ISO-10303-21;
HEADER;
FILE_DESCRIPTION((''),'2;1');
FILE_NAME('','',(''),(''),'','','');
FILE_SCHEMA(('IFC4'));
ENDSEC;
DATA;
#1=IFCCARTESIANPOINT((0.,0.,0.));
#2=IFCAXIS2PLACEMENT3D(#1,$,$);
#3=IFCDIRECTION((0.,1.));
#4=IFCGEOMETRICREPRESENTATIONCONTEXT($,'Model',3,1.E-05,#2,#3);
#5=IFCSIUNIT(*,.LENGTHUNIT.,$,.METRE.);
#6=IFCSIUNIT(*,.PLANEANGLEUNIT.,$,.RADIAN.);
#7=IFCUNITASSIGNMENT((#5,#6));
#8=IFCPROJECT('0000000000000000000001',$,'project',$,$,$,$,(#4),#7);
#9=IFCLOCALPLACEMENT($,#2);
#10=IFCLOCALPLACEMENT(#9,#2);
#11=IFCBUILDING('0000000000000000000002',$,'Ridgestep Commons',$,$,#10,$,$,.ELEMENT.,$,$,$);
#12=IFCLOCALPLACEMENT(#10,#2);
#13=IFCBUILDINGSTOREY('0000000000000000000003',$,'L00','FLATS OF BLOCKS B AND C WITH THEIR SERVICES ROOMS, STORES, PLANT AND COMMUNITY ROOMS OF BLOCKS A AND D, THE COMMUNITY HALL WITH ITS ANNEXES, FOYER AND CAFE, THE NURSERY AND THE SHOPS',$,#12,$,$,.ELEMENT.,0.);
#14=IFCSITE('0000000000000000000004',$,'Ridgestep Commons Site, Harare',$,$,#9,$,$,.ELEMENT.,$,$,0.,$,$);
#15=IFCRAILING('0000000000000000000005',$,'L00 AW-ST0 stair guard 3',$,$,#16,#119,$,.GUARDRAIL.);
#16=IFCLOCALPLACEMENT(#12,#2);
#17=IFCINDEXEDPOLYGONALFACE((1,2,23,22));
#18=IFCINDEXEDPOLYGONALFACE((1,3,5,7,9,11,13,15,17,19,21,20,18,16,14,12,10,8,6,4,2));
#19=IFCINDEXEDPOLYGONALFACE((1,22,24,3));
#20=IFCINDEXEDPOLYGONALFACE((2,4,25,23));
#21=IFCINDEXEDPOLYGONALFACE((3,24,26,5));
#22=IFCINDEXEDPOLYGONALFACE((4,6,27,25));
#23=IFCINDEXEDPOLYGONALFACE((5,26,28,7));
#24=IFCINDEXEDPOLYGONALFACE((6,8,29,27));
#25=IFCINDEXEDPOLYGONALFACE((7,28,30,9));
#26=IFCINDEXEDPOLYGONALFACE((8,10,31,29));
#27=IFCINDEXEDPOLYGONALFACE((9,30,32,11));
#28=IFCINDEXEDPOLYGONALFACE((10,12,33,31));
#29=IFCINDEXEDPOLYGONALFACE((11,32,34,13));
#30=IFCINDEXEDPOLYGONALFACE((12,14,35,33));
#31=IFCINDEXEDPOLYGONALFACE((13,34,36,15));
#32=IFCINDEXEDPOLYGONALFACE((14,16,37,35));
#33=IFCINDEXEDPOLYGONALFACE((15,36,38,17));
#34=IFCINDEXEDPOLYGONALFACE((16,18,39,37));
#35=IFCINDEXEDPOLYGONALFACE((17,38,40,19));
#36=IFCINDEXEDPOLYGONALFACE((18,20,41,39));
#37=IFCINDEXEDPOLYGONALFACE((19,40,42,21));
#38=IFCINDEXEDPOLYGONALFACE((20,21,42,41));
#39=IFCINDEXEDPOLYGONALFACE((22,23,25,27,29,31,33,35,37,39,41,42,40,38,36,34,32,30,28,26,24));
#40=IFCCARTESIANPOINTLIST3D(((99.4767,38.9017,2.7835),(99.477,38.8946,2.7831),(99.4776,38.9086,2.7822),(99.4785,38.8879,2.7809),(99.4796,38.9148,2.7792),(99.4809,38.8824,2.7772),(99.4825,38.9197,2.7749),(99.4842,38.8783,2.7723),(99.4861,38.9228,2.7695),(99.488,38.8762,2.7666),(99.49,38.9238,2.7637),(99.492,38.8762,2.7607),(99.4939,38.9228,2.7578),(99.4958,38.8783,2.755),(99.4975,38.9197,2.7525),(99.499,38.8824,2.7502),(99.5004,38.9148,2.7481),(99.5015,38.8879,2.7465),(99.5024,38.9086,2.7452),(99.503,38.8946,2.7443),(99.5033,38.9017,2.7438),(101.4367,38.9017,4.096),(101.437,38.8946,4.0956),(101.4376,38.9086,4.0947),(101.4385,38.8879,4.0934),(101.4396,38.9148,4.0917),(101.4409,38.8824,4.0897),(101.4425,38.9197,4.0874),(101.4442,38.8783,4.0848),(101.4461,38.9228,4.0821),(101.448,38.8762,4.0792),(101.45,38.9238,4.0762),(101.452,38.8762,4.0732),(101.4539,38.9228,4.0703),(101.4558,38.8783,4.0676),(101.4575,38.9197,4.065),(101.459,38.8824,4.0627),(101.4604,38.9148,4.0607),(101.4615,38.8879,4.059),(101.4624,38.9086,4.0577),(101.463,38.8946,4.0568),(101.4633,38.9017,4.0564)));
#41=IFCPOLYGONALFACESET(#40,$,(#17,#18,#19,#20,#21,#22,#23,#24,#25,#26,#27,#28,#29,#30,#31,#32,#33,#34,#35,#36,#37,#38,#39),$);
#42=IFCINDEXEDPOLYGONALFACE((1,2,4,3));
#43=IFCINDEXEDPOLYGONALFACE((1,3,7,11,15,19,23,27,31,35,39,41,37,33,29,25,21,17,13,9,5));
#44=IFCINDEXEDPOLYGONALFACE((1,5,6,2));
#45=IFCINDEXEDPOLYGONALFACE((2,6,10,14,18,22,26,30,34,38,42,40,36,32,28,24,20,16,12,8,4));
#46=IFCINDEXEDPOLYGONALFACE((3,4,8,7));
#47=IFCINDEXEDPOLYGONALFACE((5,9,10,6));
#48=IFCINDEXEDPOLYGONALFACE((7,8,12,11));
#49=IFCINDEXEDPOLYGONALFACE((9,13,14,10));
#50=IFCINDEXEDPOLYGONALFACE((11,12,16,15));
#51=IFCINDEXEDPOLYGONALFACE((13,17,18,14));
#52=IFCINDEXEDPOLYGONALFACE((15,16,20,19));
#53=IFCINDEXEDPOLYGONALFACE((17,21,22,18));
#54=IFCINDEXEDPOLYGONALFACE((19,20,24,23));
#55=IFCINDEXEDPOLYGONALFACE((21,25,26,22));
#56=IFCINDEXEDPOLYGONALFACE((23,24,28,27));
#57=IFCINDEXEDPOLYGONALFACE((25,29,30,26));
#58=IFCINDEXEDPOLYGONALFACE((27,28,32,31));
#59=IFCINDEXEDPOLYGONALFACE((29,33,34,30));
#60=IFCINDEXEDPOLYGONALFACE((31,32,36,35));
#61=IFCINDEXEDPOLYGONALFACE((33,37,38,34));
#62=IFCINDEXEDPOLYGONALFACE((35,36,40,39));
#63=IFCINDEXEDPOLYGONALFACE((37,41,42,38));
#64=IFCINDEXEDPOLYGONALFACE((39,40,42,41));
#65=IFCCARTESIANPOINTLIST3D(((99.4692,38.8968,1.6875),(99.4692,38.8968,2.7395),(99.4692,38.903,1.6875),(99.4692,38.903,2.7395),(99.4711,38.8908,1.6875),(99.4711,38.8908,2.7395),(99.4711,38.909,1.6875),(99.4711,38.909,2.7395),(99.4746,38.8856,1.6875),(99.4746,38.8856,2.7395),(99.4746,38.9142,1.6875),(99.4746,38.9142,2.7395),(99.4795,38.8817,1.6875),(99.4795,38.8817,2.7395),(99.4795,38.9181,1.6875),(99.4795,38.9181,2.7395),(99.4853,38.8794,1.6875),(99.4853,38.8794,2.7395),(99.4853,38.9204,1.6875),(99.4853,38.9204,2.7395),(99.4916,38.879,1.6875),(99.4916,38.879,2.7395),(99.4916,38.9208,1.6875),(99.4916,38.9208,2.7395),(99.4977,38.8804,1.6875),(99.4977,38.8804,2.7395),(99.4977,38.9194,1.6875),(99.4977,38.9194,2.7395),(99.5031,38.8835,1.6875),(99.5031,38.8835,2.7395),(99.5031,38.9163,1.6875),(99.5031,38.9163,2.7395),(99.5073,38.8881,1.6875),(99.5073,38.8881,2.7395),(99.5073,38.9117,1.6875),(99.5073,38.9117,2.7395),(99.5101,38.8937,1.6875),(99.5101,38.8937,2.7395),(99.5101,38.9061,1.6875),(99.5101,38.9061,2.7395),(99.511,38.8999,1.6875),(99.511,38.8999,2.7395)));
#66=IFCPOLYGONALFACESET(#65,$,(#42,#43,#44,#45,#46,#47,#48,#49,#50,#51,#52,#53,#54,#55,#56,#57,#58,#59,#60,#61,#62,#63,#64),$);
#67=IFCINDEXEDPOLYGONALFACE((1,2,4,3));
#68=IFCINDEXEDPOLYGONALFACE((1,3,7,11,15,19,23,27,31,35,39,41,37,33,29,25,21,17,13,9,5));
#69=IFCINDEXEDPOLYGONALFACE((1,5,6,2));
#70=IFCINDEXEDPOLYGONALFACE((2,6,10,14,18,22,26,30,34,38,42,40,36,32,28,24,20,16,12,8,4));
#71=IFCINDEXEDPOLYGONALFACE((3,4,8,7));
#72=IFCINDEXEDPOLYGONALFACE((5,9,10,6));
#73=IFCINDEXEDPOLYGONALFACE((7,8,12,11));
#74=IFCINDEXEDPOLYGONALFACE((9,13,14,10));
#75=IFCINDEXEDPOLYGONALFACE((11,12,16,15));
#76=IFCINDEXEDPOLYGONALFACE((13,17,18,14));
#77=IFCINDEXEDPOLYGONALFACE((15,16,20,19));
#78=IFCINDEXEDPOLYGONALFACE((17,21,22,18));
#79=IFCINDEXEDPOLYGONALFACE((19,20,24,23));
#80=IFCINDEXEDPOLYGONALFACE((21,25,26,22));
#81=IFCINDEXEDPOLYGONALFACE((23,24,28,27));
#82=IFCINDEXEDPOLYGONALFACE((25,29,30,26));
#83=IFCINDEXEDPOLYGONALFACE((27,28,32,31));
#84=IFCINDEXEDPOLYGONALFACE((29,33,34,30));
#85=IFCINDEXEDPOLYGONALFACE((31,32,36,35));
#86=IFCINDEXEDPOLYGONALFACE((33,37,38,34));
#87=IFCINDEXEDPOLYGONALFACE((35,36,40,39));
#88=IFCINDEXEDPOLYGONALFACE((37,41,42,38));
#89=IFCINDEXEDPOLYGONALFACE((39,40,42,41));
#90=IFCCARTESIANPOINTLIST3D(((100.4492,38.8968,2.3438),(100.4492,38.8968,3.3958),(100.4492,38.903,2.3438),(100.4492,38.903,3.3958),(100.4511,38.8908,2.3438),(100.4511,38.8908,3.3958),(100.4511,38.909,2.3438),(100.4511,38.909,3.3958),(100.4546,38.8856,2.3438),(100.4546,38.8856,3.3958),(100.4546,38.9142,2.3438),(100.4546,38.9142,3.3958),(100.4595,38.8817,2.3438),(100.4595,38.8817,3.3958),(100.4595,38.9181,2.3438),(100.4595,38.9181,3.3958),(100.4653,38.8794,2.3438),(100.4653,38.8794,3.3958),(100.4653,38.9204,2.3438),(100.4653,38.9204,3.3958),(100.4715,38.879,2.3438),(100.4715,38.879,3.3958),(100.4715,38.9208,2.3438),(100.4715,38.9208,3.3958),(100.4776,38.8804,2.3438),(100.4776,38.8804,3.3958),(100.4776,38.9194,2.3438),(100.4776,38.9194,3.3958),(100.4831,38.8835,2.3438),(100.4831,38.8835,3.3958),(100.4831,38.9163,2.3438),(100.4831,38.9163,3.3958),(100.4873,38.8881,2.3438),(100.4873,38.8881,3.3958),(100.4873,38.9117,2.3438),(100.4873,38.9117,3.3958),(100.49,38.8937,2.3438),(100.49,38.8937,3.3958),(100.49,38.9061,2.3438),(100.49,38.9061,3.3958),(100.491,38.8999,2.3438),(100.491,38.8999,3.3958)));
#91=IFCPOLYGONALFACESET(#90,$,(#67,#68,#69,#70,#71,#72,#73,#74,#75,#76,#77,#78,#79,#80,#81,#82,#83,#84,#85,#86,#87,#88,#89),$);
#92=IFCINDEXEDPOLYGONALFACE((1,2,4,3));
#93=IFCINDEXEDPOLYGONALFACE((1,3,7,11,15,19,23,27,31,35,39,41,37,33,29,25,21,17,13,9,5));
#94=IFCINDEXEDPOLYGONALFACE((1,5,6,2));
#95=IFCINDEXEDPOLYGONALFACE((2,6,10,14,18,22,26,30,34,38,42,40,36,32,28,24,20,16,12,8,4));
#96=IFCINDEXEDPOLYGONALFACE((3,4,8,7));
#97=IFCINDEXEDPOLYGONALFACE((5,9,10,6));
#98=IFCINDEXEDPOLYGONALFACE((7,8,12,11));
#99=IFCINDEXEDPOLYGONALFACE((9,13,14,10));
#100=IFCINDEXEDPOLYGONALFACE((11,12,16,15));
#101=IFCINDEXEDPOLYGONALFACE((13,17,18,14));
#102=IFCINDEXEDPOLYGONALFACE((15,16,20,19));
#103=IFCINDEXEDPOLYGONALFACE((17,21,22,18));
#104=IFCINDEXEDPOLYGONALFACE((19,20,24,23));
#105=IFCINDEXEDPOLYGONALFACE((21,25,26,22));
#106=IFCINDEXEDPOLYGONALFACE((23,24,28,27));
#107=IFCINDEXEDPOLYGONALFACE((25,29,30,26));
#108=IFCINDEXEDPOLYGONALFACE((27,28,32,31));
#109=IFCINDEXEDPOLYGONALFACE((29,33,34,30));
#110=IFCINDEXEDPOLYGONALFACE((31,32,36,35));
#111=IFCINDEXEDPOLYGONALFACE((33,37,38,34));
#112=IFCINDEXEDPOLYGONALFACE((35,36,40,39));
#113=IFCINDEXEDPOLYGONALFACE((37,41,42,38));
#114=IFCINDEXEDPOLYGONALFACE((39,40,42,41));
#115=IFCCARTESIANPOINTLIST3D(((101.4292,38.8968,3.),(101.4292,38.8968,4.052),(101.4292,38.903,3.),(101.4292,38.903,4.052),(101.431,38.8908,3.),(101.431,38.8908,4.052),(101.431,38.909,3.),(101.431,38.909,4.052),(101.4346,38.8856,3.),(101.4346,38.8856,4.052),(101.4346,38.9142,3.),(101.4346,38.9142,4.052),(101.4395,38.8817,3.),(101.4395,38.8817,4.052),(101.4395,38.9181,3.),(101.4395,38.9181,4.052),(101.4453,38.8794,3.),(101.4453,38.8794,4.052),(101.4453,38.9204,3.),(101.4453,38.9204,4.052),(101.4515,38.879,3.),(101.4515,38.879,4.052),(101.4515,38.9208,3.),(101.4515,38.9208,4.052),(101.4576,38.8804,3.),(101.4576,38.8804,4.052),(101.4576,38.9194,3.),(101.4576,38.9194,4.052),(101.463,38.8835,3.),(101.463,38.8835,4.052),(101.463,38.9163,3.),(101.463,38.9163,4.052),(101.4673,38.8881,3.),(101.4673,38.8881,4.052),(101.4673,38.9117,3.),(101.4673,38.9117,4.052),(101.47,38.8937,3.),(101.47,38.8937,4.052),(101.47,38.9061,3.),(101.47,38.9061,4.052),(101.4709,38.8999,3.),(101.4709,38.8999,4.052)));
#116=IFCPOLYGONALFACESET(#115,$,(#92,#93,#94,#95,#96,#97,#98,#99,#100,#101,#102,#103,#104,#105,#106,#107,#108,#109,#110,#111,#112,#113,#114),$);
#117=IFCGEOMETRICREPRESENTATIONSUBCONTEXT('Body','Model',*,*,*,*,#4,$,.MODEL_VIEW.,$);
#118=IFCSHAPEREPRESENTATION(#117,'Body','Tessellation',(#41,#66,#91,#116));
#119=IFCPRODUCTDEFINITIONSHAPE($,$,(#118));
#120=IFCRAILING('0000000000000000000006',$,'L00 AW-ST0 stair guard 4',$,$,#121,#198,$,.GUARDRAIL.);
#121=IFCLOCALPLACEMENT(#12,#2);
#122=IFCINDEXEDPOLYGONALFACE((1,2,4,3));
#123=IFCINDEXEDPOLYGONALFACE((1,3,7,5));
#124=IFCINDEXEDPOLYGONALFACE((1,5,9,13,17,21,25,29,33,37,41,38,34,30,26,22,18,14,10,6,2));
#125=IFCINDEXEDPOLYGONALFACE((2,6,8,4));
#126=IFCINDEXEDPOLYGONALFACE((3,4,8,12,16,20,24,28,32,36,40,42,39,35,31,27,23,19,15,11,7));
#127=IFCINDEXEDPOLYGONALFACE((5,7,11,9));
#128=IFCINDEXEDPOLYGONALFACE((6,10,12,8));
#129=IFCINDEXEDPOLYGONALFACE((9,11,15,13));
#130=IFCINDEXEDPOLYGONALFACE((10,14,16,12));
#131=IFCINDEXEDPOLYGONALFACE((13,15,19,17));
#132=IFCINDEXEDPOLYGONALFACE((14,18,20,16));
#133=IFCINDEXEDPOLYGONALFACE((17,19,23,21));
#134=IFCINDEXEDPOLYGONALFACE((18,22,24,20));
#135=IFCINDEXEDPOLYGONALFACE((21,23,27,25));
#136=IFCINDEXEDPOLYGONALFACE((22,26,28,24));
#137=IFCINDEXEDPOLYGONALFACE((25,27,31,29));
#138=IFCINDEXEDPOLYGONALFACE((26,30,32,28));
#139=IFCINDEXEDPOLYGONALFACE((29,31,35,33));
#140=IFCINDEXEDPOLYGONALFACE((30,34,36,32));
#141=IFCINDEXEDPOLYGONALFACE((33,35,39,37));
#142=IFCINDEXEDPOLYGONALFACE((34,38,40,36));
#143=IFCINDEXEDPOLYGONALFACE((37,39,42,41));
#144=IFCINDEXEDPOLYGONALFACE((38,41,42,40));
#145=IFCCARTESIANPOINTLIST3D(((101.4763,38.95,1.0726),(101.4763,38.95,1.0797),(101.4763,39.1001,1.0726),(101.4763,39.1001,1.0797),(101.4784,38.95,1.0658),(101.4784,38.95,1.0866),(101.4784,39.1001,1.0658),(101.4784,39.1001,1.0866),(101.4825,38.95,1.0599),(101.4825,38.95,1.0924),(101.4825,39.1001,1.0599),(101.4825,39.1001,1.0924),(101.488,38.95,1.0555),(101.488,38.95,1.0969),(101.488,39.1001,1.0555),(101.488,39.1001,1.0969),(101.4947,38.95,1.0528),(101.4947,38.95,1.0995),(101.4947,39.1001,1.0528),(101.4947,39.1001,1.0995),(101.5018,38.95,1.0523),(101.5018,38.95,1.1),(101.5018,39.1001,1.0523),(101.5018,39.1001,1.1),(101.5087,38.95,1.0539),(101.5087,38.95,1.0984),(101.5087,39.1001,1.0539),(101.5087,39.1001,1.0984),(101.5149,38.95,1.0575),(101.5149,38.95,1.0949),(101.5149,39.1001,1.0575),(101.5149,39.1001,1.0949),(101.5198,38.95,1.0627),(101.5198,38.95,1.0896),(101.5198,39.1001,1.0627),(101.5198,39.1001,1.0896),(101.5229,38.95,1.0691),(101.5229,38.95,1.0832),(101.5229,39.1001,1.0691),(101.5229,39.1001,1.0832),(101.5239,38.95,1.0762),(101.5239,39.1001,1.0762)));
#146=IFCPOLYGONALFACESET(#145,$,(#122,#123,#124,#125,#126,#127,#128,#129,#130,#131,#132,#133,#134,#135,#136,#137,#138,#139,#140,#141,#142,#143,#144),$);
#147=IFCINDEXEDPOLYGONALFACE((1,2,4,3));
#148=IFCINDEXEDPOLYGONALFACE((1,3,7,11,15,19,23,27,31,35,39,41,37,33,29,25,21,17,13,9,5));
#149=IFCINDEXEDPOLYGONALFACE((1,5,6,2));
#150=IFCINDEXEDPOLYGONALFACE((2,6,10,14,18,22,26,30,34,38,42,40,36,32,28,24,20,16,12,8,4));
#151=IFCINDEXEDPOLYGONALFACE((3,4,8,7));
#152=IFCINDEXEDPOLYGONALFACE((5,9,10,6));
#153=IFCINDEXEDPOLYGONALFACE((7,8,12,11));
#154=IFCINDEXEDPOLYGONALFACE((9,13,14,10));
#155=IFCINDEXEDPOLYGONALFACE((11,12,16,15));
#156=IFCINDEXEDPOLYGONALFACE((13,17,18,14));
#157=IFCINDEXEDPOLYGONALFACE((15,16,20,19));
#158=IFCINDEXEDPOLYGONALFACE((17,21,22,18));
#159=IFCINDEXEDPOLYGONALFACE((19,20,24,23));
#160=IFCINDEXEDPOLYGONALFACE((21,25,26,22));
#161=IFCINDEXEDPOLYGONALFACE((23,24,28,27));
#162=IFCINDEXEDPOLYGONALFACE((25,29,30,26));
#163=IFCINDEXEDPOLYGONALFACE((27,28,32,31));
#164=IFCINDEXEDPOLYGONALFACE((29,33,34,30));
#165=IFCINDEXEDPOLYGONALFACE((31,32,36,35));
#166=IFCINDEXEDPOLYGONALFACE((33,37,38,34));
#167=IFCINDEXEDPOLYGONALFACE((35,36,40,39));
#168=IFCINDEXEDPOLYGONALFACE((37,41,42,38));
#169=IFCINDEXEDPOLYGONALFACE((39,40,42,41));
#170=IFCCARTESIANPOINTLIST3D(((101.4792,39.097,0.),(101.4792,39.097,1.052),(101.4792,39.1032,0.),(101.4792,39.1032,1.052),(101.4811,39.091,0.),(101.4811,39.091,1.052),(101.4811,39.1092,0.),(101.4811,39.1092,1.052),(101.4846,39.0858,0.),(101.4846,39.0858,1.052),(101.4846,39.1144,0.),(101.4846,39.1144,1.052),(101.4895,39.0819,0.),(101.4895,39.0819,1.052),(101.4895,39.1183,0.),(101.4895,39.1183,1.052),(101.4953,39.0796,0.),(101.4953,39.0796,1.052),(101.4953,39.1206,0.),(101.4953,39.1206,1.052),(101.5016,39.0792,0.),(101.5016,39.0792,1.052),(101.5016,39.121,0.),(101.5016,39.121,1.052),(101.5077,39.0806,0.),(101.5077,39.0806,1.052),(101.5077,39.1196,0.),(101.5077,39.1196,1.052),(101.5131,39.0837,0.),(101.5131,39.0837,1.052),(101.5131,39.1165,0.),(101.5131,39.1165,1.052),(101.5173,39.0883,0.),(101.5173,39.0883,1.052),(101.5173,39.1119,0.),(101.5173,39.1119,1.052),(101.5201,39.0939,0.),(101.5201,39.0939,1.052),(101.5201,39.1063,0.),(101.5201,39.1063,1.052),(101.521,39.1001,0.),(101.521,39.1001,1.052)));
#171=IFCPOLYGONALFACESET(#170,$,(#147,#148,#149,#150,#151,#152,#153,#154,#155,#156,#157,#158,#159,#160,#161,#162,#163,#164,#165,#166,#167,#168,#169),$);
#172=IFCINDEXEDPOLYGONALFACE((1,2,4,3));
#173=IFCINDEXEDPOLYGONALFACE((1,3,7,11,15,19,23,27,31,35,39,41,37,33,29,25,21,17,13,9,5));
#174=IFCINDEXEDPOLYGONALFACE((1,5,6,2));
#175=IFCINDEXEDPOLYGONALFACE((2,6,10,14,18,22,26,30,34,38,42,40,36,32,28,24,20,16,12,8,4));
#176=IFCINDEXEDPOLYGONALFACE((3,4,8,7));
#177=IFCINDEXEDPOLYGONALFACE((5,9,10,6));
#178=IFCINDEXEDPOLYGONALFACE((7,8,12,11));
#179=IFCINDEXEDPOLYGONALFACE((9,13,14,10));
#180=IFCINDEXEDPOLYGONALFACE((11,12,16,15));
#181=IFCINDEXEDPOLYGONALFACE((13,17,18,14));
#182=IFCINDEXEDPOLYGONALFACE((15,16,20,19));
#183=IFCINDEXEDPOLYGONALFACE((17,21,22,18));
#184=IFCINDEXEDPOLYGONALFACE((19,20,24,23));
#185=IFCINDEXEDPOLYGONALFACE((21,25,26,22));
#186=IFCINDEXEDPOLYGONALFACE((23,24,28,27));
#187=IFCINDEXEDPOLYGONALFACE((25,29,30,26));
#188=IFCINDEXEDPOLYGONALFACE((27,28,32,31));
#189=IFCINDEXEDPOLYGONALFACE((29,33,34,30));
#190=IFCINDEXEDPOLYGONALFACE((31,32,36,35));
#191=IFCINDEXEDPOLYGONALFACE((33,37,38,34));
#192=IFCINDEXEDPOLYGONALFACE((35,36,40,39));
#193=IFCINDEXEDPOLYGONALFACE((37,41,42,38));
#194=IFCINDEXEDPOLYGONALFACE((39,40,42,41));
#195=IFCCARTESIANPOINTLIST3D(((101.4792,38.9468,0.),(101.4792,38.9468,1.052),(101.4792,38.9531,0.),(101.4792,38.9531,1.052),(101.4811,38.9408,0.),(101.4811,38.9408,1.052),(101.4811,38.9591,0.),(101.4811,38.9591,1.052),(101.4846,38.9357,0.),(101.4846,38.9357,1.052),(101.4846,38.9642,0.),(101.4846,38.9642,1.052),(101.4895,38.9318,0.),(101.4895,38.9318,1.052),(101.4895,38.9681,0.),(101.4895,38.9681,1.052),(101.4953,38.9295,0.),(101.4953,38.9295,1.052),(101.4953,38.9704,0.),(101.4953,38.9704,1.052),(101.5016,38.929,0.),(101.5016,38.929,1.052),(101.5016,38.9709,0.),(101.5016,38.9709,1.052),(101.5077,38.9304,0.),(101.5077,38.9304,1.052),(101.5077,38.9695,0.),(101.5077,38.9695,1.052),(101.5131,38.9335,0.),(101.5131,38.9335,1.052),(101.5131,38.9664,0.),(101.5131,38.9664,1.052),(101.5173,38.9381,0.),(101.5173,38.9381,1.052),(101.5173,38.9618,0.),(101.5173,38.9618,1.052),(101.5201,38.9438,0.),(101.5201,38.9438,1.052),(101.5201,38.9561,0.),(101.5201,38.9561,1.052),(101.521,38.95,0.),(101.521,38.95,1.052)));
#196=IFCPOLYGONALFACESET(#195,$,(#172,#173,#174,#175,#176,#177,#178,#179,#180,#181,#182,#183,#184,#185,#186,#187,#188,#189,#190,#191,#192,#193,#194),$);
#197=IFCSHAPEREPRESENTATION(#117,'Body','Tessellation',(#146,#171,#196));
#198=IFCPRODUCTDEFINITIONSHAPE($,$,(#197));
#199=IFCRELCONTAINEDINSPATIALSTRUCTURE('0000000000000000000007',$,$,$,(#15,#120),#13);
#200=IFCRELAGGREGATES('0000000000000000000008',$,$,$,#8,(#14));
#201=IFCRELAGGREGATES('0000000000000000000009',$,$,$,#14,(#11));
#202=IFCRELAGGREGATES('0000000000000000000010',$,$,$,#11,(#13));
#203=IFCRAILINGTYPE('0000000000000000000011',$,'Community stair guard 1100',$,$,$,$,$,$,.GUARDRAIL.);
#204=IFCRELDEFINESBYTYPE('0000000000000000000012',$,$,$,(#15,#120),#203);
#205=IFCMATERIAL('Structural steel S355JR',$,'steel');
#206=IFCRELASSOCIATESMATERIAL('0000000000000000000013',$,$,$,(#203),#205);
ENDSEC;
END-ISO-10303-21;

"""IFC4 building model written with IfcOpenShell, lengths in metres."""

from ifc_helpers import new_model, si_unit, direction, frame, origin, origin_2d, place, context, subcontext, project, spatial, circle, extrude, material, type_object, element, save


model = new_model("IFC4")

# Units and contexts
model_context = context("Model", 3, precision=1e-05, world=origin(), true_north=direction((0.0, 1.0)))
body_context = subcontext(model_context, "Body", "Model", "MODEL_VIEW")
ifc_project = project(units=[si_unit("LENGTHUNIT", "METRE"), si_unit("PLANEANGLEUNIT", "RADIAN")], contexts=[model_context])

# Site, building, storey
site_placement = place(None, origin())
site = spatial("IfcSite", under=ifc_project, at=site_placement, Name="Ridgestep Commons Site, Harare", CompositionType="ELEMENT", RefElevation=0.0)
building_placement = place(site_placement, origin())
building = spatial("IfcBuilding", under=site, at=building_placement, Name="Ridgestep Commons", CompositionType="ELEMENT")
storey_placement = place(building_placement, origin())
storey = spatial("IfcBuildingStorey", under=building, at=storey_placement, Name="L00", Description="FLATS OF BLOCKS B AND C WITH THEIR SERVICES ROOMS, STORES, PLANT AND COMMUNITY ROOMS OF BLOCKS A AND D, THE COMMUNITY HALL WITH ITS ANNEXES, FOYER AND CAFE, THE NURSERY AND THE SHOPS", CompositionType="ELEMENT", Elevation=0.0)

# Railings
ifc_material_1 = material(Name="Structural steel S355JR", Category="steel")
railing_type_1 = type_object("IfcRailingType", Name="Community stair guard 1100", PredefinedType="GUARDRAIL", material=ifc_material_1)
railing_1_placement = place(storey_placement, frame((99.49, 38.8999, 1.6875)))
element("IfcRailing", 1, at=railing_1_placement, inside=storey, type_object=railing_type_1, Name="L00 AW-ST0 stair guard 3", PredefinedType="GUARDRAIL", context=body_context, shape_type="SweptSolid", body=[
    extrude(circle(Radius=0.0239, at=origin_2d()), frame((0.0, 0.0, 1.0762), z_axis=(0.830902, 0.0, 0.556419), x_axis=(0.0, 1.0, 0.0)), (0.0, 0.0, 1.0), 2.3589),
    extrude(circle(Radius=0.021, at=origin_2d()), origin(), (0.0, 0.0, 1.0), 1.052),
    extrude(circle(Radius=0.021, at=origin_2d()), frame((0.98, 0.0, 0.6562)), (0.0, 0.0, 1.0), 1.052),
    extrude(circle(Radius=0.021, at=origin_2d()), frame((1.96, 0.0, 1.3125)), (0.0, 0.0, 1.0), 1.052),
])
railing_2_placement = place(storey_placement, frame((101.5, 39.1001, 0.0)))
element("IfcRailing", 2, at=railing_2_placement, inside=storey, type_object=railing_type_1, Name="L00 AW-ST0 stair guard 4", PredefinedType="GUARDRAIL", context=body_context, shape_type="SweptSolid", body=[
    extrude(circle(Radius=0.0239, at=origin_2d()), frame((0.0, 0.0, 1.0762), z_axis=(0.0, -1.0, 0.0), x_axis=(1.0, 0.0, 0.0)), (0.0, 0.0, 1.0), 0.1501),
    extrude(circle(Radius=0.021, at=origin_2d()), origin(), (0.0, 0.0, 1.0), 1.052),
    extrude(circle(Radius=0.021, at=origin_2d()), frame((0.0, -0.1501, 0.0)), (0.0, 0.0, 1.0), 1.052),
])

save(model, "model.ifc")
